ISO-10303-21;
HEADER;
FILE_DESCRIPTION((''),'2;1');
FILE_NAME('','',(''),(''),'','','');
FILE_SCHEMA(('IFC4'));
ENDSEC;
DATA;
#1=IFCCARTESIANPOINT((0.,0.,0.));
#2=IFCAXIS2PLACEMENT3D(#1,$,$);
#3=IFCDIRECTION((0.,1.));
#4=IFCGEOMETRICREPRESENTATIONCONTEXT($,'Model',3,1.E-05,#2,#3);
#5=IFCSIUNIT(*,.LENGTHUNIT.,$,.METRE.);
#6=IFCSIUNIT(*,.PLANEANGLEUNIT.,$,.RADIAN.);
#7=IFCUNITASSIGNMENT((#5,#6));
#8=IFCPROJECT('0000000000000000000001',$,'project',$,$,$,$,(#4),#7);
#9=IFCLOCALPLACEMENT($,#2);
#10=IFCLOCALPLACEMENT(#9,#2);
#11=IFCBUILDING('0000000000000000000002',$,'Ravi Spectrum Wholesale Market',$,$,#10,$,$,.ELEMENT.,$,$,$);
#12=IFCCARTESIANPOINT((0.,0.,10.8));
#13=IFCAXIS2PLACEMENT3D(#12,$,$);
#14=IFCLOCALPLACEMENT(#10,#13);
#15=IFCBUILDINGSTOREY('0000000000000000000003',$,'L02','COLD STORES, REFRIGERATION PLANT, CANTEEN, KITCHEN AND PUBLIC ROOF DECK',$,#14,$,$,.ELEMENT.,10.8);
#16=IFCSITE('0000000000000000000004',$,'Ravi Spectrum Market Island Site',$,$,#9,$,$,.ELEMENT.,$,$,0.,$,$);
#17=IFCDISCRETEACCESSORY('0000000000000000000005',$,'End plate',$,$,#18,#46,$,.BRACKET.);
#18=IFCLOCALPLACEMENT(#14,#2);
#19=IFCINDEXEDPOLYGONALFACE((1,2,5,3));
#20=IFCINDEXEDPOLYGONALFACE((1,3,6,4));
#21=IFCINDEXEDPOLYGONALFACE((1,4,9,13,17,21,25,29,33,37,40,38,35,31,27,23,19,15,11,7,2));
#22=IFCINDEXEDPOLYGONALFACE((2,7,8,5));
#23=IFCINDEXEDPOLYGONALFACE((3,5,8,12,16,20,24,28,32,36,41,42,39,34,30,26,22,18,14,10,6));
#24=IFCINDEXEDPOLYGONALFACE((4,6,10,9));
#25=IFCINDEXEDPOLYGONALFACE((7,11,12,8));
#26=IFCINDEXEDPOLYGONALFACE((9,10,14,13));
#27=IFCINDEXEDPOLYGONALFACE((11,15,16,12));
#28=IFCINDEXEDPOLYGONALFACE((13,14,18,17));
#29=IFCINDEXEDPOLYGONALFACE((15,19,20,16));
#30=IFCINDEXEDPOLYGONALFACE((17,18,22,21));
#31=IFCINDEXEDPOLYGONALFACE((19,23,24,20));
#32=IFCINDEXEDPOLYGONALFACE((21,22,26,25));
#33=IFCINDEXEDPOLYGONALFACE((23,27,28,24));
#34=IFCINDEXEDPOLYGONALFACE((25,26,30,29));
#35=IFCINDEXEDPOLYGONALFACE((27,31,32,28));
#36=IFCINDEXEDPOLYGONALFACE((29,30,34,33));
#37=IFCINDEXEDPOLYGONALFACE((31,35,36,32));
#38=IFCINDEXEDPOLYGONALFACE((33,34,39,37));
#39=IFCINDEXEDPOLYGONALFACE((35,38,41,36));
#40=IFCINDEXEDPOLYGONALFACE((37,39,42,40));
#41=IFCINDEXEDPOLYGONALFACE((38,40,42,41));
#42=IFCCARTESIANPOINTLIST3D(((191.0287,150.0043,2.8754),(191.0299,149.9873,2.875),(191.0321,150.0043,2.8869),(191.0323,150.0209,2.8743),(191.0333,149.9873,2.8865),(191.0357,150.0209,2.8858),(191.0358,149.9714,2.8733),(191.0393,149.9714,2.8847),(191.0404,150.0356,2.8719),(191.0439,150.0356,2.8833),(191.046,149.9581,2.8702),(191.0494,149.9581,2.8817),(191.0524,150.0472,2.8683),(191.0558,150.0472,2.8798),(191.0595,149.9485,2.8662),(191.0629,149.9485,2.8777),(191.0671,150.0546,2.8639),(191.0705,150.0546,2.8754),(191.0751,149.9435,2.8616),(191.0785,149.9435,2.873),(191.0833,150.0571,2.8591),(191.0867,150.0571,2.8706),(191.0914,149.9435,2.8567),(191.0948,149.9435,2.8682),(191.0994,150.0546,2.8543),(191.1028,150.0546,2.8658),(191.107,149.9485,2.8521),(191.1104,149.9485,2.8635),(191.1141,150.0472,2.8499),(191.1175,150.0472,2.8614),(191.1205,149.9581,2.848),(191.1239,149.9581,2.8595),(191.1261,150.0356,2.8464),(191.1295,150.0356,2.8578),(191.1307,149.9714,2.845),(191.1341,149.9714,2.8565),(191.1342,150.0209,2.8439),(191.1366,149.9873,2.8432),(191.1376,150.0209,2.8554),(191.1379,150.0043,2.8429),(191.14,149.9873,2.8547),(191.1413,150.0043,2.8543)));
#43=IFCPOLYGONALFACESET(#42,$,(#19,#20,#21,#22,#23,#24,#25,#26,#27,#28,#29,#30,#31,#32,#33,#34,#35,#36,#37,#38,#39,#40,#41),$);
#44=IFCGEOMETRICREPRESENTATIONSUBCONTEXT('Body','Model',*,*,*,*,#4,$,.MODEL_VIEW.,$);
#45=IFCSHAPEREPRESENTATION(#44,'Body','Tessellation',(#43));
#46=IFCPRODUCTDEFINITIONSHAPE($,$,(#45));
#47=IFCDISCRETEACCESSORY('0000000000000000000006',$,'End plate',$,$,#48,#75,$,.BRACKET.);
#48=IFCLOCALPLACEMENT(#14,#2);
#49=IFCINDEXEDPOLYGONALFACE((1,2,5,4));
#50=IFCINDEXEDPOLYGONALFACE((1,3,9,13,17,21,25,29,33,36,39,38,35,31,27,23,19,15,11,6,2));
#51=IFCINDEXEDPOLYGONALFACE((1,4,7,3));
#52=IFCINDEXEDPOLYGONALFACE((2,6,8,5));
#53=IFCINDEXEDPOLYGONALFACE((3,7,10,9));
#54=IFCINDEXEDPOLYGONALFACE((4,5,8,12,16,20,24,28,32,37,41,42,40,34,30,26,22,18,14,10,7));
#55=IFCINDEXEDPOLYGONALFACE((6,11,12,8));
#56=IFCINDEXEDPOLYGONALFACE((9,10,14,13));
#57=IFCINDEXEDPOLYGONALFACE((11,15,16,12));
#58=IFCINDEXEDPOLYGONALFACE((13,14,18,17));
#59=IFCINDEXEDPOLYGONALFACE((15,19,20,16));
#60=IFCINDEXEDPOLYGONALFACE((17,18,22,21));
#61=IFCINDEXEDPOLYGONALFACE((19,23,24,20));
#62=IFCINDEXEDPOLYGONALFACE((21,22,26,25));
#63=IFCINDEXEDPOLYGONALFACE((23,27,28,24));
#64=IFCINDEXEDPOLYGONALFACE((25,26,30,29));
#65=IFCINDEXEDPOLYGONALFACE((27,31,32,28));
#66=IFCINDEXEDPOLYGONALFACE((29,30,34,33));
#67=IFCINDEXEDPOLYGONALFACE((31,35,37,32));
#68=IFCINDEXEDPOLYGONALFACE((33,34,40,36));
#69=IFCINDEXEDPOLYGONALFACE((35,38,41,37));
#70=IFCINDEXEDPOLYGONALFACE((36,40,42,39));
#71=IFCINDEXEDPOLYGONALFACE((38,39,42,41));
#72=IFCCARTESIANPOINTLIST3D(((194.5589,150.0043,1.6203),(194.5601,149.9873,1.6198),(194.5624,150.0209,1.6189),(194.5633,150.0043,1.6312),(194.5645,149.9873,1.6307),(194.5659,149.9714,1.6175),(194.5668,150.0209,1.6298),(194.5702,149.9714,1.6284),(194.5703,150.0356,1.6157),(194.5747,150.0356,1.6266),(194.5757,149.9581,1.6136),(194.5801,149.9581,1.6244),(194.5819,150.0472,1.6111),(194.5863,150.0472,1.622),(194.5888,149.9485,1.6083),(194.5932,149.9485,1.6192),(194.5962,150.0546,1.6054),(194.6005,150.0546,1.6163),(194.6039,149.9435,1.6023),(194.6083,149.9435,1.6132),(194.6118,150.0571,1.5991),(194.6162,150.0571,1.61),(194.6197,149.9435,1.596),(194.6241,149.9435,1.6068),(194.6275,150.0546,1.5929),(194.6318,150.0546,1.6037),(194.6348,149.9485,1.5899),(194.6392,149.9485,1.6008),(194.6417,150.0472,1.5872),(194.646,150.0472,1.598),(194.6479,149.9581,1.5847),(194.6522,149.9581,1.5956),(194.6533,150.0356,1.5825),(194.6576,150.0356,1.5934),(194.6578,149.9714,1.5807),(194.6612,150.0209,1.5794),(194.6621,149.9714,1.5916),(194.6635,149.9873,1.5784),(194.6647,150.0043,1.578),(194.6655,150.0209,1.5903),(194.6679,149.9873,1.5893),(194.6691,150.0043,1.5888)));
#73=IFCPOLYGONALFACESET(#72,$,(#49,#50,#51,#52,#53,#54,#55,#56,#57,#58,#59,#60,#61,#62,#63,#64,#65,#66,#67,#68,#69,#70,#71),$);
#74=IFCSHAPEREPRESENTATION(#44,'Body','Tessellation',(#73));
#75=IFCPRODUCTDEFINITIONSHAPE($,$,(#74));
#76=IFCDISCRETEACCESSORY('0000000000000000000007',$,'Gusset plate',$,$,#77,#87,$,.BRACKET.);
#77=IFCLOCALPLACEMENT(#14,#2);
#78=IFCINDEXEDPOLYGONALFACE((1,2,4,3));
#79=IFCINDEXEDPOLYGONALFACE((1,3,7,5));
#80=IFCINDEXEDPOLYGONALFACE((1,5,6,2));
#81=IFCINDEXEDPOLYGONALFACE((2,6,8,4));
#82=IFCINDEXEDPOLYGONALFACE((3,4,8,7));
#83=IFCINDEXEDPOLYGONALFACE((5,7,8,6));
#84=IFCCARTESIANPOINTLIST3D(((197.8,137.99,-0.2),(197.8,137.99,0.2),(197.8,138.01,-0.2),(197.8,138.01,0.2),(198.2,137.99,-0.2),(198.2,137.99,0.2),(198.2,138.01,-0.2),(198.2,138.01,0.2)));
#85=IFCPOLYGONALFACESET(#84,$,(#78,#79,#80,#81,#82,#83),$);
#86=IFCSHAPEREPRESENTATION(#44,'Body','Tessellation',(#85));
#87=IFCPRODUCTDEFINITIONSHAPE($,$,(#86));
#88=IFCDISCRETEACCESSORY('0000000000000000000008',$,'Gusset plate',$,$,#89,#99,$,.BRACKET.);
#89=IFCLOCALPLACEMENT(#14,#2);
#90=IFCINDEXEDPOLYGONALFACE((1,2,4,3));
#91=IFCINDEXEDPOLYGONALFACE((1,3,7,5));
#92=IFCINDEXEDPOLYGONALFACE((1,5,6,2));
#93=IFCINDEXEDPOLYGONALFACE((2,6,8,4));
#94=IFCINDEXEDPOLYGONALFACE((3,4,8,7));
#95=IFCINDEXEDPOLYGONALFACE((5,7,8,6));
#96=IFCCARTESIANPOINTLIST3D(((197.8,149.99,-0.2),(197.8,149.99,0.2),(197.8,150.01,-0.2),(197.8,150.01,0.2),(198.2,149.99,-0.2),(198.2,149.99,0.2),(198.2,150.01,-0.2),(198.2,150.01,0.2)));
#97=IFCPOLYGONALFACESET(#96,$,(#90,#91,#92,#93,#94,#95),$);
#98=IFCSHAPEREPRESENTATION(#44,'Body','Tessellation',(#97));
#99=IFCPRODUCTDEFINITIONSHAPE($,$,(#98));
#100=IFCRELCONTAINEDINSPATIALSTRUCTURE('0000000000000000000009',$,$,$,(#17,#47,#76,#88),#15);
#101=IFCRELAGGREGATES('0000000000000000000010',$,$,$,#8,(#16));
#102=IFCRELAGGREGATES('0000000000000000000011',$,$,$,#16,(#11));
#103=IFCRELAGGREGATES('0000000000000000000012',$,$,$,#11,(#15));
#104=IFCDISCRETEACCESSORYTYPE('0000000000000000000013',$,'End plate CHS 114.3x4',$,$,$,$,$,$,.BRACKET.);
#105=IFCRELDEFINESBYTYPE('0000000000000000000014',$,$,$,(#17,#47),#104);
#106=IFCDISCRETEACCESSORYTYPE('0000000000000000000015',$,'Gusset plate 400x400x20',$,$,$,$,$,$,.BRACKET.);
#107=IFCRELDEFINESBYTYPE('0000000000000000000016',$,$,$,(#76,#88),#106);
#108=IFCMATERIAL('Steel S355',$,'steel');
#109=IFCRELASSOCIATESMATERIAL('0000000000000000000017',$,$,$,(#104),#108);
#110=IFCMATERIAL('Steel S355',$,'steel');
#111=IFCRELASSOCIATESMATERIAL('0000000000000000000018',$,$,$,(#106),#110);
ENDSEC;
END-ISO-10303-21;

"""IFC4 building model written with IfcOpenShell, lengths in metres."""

from ifc_helpers import new_model, si_unit, direction, frame, origin, origin_2d, place, context, subcontext, project, spatial, rectangle, circle, extrude, material, material_profile, profile_set, type_object, element, save


model = new_model("IFC4")

# Units and contexts
model_context = context("Model", 3, precision=1e-05, world=origin(), true_north=direction((0.0, 1.0)))
body_context = subcontext(model_context, "Body", "Model", "MODEL_VIEW")
ifc_project = project(units=[si_unit("LENGTHUNIT", "METRE"), si_unit("PLANEANGLEUNIT", "RADIAN")], contexts=[model_context])

# Site, building, storey
site_placement = place(None, origin())
site = spatial("IfcSite", under=ifc_project, at=site_placement, Name="Ravi Spectrum Market Island Site", CompositionType="ELEMENT", RefElevation=0.0)
building_placement = place(site_placement, origin())
building = spatial("IfcBuilding", under=site, at=building_placement, Name="Ravi Spectrum Wholesale Market", CompositionType="ELEMENT")
storey_placement = place(building_placement, frame((0.0, 0.0, 10.8)))
storey = spatial("IfcBuildingStorey", under=building, at=storey_placement, Name="L02", Description="COLD STORES, REFRIGERATION PLANT, CANTEEN, KITCHEN AND PUBLIC ROOF DECK", CompositionType="ELEMENT", Elevation=10.8)

# Discrete accessories
ifc_material_1 = material(Name="Steel S355", Category="steel")
ifc_material_profile_1 = material_profile(ifc_material_1, circle(Radius=0.0571, at=origin_2d()))
ifc_profile_set_1 = profile_set([ifc_material_profile_1], Name="Steel S355")
discrete_accessory_type_1 = type_object("IfcDiscreteAccessoryType", Name="End plate CHS 114.3x4", PredefinedType="BRACKET", material=ifc_profile_set_1)
discrete_accessory_1_placement = place(storey_placement, frame((191.0833, 150.0, 2.8591), z_axis=(0.285477, 0.0, 0.958386), x_axis=(0.0, 1.0, 0.0)))
element("IfcDiscreteAccessory", 1, at=discrete_accessory_1_placement, inside=storey, type_object=discrete_accessory_type_1, Name="End plate", PredefinedType="BRACKET", context=body_context, shape_type="SweptSolid", body=[
    extrude(circle(Radius=0.0571, at=origin_2d()), origin(), (0.0, 0.0, 1.0), 0.012),
])
discrete_accessory_2_placement = place(storey_placement, frame((194.6118, 150.0, 1.5991), z_axis=(0.371391, 0.0, 0.928477), x_axis=(0.0, 1.0, 0.0)))
element("IfcDiscreteAccessory", 2, at=discrete_accessory_2_placement, inside=storey, type_object=discrete_accessory_type_1, Name="End plate", PredefinedType="BRACKET", context=body_context, shape_type="SweptSolid", body=[
    extrude(circle(Radius=0.0571, at=origin_2d()), origin(), (0.0, 0.0, 1.0), 0.0117),
])
ifc_material_2 = material(Name="Steel S355", Category="steel")
ifc_material_profile_2 = material_profile(ifc_material_2, rectangle(XDim=0.3999, YDim=0.02, at=origin_2d()))
ifc_profile_set_2 = profile_set([ifc_material_profile_2], Name="Steel S355")
discrete_accessory_type_2 = type_object("IfcDiscreteAccessoryType", Name="Gusset plate 400x400x20", PredefinedType="BRACKET", material=ifc_profile_set_2)
for number, where, z_axis, x_axis, name in (
    (3, (198.0, 138.0, -0.2), (0.0, 0.0, 1.0), (1.0, 0.0, 0.0), "Gusset plate"),
    (4, (198.0, 150.0, -0.2), (0.0, 0.0, 1.0), (1.0, 0.0, 0.0), "Gusset plate"),
):
    element("IfcDiscreteAccessory", number, at=place(storey_placement, frame(where, z_axis=z_axis, x_axis=x_axis)), inside=storey, type_object=discrete_accessory_type_2, Name=name, PredefinedType="BRACKET", context=body_context, shape_type="SweptSolid", body=[
        extrude(rectangle(XDim=0.3999, YDim=0.02, at=origin_2d()), origin(), (0.0, 0.0, 1.0), 0.3999),
    ])

save(model, "model.ifc")
